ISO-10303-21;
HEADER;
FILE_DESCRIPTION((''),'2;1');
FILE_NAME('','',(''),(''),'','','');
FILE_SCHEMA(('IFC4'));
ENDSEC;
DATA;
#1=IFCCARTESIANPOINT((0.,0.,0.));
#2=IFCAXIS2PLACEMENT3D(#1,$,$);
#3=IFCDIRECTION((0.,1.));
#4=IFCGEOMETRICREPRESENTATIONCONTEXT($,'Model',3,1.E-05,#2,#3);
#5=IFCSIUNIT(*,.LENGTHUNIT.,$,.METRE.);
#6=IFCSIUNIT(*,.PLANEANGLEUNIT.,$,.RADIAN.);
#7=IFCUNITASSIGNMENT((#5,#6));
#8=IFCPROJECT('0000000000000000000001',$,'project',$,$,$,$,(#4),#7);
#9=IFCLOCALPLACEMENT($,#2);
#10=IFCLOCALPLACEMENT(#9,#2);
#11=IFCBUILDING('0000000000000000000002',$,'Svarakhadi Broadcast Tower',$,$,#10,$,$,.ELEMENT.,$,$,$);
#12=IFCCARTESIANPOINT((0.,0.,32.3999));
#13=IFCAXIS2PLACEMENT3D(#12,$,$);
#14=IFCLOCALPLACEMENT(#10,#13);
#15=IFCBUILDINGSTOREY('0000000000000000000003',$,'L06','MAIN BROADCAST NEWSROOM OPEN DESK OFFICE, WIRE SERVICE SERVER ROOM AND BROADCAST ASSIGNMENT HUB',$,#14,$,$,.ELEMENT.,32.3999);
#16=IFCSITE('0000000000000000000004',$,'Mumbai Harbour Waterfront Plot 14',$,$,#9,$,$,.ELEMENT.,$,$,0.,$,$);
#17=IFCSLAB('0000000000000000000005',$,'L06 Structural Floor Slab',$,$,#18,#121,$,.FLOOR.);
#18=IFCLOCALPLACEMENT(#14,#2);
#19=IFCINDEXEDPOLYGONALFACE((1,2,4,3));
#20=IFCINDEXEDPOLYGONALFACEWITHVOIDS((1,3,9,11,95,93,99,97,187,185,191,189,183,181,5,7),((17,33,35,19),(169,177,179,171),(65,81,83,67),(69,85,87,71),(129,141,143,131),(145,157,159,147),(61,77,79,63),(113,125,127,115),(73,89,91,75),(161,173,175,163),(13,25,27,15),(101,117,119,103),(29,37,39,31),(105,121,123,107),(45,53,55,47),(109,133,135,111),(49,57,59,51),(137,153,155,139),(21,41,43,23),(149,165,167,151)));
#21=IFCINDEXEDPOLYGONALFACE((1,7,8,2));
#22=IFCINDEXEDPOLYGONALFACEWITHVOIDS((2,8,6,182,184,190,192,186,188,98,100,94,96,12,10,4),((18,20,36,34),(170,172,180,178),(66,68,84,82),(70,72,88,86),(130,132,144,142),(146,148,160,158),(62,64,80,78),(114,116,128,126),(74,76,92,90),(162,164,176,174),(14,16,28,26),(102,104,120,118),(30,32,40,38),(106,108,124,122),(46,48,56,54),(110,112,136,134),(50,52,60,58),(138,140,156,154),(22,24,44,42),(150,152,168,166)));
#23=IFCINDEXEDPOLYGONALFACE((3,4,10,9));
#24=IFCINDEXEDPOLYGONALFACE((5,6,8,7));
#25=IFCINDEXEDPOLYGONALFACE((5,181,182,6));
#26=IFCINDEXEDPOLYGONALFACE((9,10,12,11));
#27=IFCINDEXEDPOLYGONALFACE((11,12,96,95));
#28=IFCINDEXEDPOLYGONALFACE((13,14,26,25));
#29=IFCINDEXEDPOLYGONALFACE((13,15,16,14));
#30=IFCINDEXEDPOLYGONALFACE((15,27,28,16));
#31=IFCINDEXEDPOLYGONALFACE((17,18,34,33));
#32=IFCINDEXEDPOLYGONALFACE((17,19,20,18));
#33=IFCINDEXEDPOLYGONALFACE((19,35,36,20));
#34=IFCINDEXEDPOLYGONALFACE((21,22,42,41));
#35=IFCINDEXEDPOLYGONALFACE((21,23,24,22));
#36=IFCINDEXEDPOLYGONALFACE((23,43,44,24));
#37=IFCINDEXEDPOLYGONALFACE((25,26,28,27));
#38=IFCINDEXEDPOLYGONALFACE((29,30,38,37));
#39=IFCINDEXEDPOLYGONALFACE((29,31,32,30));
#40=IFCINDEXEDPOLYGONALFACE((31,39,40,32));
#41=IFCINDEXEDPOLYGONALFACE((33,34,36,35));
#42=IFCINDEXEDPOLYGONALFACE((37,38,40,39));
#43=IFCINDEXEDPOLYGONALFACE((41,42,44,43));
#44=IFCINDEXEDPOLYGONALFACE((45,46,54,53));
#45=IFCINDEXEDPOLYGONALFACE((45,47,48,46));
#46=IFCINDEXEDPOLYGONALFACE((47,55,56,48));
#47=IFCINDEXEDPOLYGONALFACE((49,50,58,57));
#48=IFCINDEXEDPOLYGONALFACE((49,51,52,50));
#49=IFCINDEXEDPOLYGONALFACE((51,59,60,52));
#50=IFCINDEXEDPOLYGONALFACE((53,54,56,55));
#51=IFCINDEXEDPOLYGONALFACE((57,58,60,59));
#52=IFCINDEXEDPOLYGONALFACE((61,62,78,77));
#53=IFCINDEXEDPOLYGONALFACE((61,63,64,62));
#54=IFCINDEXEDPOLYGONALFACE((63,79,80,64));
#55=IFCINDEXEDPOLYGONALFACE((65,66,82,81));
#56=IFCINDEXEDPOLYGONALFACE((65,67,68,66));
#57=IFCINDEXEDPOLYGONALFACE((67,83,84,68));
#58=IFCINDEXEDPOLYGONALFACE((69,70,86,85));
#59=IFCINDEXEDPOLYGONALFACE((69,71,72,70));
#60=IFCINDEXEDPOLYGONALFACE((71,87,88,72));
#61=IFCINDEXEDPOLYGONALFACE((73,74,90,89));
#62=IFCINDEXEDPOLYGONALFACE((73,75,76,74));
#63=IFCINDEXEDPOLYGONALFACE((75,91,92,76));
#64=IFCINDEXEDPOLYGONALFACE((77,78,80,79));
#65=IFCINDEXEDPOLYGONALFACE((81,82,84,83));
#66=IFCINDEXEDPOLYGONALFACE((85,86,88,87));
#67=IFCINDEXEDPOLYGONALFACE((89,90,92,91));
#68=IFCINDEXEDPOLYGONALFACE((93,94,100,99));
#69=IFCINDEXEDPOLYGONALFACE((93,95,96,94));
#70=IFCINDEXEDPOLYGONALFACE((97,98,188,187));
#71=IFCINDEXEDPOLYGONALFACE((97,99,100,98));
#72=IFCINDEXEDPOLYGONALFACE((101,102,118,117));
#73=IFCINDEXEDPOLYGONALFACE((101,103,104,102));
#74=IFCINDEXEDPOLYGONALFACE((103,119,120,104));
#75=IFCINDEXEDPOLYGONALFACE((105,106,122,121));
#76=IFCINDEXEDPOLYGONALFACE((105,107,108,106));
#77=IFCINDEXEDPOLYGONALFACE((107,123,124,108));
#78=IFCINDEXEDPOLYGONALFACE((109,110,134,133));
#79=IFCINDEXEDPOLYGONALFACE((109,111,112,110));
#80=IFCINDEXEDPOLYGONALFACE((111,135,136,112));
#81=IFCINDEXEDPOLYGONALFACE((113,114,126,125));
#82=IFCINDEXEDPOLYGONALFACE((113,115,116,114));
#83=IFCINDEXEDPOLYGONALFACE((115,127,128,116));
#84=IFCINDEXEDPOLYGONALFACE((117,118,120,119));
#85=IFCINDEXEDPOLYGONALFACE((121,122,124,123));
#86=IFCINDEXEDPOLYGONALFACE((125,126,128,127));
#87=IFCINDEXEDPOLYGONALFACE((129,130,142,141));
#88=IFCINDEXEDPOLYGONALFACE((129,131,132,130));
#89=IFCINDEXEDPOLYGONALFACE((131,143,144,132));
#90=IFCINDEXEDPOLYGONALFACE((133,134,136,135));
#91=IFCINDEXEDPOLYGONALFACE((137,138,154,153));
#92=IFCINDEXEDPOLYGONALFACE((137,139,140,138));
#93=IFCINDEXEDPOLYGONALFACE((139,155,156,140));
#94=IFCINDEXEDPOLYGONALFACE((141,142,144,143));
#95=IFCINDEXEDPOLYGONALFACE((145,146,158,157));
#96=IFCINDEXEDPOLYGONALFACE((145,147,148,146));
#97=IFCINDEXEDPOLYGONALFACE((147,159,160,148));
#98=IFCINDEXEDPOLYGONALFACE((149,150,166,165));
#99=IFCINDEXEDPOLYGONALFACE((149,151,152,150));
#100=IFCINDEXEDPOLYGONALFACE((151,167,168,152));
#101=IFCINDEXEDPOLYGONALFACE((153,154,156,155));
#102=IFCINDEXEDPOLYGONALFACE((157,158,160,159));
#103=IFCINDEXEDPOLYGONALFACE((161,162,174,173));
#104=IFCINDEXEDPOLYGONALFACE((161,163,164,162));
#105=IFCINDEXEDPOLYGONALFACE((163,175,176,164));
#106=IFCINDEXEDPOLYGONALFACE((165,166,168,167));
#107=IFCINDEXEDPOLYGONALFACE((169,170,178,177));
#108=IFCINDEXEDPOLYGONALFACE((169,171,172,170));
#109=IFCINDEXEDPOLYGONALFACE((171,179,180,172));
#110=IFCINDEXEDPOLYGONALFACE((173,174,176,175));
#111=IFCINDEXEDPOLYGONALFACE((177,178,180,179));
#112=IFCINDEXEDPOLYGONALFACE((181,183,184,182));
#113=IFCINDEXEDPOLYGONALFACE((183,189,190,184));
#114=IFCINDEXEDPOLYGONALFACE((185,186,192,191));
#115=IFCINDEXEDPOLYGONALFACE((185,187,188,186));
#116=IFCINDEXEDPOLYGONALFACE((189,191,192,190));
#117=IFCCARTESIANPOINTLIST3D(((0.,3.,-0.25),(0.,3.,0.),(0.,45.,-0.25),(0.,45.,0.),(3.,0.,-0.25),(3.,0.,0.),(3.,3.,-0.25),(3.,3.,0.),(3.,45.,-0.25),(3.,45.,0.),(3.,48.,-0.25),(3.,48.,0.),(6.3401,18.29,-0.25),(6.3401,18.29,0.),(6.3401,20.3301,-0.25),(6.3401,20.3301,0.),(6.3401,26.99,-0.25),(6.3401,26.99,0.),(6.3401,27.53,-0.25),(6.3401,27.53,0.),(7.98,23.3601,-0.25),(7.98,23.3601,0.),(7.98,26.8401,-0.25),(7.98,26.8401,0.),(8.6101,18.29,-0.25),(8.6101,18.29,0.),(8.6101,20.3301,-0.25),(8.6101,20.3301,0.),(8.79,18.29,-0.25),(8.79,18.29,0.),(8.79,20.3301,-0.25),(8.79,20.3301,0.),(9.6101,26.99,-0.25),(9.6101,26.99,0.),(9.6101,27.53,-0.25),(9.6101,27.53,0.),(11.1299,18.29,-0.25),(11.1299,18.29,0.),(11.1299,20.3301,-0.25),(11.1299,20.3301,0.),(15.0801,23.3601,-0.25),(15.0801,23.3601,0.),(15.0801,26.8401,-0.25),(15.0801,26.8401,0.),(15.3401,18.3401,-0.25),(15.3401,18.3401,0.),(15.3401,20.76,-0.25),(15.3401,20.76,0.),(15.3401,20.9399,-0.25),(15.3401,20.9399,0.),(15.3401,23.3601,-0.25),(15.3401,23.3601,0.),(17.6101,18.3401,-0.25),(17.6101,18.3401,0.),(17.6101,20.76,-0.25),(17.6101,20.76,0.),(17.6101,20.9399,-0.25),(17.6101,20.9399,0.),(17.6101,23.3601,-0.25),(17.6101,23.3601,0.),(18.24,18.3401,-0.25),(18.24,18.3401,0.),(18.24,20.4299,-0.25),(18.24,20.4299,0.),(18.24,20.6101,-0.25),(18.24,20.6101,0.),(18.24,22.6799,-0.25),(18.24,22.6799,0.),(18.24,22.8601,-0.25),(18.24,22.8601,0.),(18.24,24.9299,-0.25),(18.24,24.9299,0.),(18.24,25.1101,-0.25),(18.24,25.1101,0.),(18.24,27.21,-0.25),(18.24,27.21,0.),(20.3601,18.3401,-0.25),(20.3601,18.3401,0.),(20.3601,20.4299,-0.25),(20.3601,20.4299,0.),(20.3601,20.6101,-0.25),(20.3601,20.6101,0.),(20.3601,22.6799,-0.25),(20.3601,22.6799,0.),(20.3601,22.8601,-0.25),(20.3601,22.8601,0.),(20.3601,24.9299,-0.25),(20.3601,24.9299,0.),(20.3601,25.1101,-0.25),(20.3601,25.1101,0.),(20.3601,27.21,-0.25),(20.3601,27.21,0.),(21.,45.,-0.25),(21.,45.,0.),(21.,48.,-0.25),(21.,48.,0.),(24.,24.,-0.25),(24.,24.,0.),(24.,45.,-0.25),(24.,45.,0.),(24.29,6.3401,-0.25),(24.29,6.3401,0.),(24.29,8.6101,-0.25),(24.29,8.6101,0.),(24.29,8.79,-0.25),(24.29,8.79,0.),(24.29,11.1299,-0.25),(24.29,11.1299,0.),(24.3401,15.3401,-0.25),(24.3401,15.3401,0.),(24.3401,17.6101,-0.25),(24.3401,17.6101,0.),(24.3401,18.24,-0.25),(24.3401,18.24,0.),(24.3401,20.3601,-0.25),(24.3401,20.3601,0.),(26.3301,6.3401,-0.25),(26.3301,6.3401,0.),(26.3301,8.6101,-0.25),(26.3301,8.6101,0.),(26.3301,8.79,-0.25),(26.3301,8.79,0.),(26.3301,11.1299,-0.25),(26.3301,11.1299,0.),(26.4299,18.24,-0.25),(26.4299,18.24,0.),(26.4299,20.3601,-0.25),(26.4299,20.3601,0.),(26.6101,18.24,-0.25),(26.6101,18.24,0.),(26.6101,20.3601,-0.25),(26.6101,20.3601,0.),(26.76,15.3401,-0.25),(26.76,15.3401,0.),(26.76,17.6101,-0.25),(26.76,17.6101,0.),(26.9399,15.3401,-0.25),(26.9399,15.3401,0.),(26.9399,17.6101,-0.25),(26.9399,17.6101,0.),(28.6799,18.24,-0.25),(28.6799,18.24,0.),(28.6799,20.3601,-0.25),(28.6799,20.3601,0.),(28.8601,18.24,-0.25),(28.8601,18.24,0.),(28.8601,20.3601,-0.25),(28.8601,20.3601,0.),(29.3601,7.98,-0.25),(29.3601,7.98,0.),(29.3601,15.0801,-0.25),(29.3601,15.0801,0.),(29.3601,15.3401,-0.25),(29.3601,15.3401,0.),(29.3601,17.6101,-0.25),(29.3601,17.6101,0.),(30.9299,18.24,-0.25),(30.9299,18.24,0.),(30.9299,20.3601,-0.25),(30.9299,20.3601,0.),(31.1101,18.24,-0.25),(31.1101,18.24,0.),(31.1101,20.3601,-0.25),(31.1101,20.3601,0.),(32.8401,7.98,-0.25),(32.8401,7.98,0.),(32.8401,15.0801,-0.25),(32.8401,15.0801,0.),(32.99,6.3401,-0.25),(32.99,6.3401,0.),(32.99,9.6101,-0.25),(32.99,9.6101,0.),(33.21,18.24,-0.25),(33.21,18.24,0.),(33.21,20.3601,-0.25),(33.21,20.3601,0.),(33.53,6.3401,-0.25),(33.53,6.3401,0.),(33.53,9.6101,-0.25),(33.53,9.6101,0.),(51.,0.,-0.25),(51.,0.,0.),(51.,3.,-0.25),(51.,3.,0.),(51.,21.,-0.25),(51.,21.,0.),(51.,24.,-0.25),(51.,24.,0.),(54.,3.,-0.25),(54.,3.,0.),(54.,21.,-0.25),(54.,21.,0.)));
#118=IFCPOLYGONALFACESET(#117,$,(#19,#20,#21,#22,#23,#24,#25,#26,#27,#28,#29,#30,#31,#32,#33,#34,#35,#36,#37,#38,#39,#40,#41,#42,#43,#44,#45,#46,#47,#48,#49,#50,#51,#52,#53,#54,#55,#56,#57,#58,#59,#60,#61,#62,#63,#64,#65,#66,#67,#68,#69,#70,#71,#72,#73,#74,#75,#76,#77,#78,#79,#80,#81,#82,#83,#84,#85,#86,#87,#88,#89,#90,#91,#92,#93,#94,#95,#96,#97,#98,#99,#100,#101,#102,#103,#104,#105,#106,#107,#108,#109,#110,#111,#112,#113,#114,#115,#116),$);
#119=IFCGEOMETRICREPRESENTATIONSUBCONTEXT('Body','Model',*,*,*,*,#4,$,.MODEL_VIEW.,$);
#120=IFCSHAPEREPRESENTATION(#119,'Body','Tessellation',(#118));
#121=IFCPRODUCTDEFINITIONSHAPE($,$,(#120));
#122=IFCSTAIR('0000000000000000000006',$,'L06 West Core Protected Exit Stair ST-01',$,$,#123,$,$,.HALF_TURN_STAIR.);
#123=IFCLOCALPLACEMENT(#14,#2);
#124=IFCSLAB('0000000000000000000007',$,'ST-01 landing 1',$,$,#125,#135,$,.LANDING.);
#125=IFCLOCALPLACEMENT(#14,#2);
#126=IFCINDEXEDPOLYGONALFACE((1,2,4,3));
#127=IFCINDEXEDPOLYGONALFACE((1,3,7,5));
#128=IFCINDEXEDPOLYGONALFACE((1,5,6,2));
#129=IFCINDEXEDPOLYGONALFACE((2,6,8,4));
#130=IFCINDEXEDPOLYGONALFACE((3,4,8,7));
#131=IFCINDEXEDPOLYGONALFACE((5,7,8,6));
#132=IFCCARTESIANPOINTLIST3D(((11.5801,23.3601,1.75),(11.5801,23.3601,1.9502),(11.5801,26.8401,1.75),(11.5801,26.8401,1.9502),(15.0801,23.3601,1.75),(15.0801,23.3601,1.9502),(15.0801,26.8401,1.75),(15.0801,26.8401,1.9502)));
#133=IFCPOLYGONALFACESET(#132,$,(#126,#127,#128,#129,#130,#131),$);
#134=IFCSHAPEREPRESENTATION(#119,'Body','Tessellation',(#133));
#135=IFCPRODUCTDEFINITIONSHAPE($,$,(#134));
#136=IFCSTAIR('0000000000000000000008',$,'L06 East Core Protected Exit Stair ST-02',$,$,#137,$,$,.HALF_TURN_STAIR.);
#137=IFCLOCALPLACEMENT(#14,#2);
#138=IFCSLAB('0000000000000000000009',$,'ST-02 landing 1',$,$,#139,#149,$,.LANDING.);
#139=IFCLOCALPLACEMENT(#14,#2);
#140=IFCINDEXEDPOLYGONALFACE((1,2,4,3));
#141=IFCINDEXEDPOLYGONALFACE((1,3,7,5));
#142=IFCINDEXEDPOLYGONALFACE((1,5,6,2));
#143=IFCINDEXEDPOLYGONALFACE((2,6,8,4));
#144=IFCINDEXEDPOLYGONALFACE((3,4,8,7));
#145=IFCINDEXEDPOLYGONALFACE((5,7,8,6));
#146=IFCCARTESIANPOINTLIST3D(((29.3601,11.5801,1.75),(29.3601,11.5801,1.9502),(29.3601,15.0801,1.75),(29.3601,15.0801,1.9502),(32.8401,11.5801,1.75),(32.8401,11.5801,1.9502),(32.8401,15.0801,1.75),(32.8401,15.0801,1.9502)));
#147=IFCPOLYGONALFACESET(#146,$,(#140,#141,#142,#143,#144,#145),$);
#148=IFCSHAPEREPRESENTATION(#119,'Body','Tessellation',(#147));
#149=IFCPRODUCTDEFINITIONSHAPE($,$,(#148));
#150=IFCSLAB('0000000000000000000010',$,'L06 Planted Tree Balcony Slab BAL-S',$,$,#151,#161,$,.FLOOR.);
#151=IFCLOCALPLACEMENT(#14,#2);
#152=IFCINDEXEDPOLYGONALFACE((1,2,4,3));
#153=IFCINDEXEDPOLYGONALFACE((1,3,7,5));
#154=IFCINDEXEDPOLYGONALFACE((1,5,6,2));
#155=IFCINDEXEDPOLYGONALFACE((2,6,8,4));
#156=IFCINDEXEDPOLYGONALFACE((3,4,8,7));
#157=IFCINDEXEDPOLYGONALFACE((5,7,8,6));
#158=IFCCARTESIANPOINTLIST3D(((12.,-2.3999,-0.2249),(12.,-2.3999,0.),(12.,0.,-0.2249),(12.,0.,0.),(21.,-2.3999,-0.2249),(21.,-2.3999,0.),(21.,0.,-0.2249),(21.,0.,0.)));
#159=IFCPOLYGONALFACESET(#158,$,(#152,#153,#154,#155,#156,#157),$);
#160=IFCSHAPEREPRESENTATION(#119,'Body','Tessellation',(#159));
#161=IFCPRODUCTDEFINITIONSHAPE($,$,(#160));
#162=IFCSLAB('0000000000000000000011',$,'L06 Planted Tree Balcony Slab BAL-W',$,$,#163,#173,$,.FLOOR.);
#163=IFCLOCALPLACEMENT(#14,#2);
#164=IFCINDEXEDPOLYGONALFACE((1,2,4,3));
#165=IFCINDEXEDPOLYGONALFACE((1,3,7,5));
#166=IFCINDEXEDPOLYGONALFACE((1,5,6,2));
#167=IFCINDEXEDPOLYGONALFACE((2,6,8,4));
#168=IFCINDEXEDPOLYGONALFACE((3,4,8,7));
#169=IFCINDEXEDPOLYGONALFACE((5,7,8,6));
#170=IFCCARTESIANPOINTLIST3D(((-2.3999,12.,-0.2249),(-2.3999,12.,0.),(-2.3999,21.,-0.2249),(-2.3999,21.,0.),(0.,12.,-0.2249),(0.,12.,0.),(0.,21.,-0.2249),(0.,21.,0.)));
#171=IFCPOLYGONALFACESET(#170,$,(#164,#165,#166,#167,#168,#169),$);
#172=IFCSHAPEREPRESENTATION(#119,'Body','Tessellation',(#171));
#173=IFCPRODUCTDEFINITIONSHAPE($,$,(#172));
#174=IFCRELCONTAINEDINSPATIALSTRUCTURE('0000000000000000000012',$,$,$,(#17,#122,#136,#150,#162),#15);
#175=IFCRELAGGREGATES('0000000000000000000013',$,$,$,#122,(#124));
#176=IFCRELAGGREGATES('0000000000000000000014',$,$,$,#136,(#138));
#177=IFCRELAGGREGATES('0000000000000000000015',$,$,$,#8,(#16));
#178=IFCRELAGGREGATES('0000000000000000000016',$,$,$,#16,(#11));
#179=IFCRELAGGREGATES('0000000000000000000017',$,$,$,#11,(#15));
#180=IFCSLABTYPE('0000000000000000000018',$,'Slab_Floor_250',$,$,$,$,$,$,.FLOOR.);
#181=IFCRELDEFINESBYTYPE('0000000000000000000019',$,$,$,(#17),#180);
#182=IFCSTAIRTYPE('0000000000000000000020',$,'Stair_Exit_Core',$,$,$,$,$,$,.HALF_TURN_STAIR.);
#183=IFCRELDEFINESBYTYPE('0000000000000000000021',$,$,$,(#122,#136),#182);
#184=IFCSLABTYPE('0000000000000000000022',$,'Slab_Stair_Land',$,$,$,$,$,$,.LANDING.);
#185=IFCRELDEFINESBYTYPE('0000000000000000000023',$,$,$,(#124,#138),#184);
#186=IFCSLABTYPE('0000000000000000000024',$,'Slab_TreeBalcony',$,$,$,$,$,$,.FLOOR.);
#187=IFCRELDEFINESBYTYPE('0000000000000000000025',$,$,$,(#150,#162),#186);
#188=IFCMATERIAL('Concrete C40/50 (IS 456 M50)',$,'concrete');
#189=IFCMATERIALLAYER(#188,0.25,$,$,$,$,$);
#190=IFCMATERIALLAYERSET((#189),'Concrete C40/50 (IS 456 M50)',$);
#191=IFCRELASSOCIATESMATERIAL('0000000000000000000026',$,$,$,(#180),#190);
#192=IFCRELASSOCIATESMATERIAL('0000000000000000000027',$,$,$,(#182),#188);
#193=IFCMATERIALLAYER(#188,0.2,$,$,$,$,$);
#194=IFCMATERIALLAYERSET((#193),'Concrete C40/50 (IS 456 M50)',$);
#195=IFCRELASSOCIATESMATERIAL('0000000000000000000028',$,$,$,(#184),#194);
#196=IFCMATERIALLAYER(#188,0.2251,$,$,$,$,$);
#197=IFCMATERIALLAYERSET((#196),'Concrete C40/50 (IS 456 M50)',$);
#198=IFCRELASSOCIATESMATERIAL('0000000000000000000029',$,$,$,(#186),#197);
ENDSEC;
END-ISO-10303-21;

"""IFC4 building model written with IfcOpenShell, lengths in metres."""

from ifc_helpers import new_model, si_unit, direction, frame, origin, place, context, subcontext, project, spatial, polyline, outline, extrude, material, layer, layer_set, type_object, element, aggregate, save


model = new_model("IFC4")

# Units and contexts
model_context = context("Model", 3, precision=1e-05, world=origin(), true_north=direction((0.0, 1.0)))
body_context = subcontext(model_context, "Body", "Model", "MODEL_VIEW")
ifc_project = project(units=[si_unit("LENGTHUNIT", "METRE"), si_unit("PLANEANGLEUNIT", "RADIAN")], contexts=[model_context])

# Site, building, storey
site_placement = place(None, origin())
site = spatial("IfcSite", under=ifc_project, at=site_placement, Name="Mumbai Harbour Waterfront Plot 14", CompositionType="ELEMENT", RefElevation=0.0)
building_placement = place(site_placement, origin())
building = spatial("IfcBuilding", under=site, at=building_placement, Name="Svarakhadi Broadcast Tower", CompositionType="ELEMENT")
storey_placement = place(building_placement, frame((0.0, 0.0, 32.3999)))
storey = spatial("IfcBuildingStorey", under=building, at=storey_placement, Name="L06", Description="MAIN BROADCAST NEWSROOM OPEN DESK OFFICE, WIRE SERVICE SERVER ROOM AND BROADCAST ASSIGNMENT HUB", CompositionType="ELEMENT", Elevation=32.3999)

# Slab
ifc_material_1 = material(Name="Concrete C40/50 (IS 456 M50)", Category="concrete")
ifc_layer_1 = layer(ifc_material_1, 0.25)
ifc_layer_set_1 = layer_set([ifc_layer_1], Name="Concrete C40/50 (IS 456 M50)")
slab_type_1 = type_object("IfcSlabType", Name="Slab_Floor_250", PredefinedType="FLOOR", material=ifc_layer_set_1)
slab_1_placement = place(storey_placement, frame((0.0, 0.0, -0.25)))
element("IfcSlab", 1, at=slab_1_placement, inside=storey, type_object=slab_type_1, Name="L06 Structural Floor Slab", PredefinedType="FLOOR", context=body_context, shape_type="SweptSolid", body=[
    extrude(outline(polyline([(3.0, 0.0), (51.0, 0.0), (51.0, 3.0), (54.0, 3.0), (54.0, 21.0), (51.0, 21.0), (51.0, 24.0), (24.0, 24.0), (24.0, 45.0), (21.0, 45.0), (21.0, 48.0), (3.0, 48.0), (3.0, 45.0), (0.0, 45.0), (0.0, 3.0), (3.0, 3.0), (3.0, 0.0)]), holes=[polyline([(7.98, 23.3601), (15.0801, 23.3601), (15.0801, 26.8401), (7.98, 26.8401), (7.98, 23.3601)]), polyline([(32.8401, 7.98), (32.8401, 15.0801), (29.3601, 15.0801), (29.3601, 7.98), (32.8401, 7.98)]), polyline([(6.3401, 18.29), (8.6101, 18.29), (8.6101, 20.3301), (6.3401, 20.3301), (6.3401, 18.29)]), polyline([(8.79, 18.29), (11.1299, 18.29), (11.1299, 20.3301), (8.79, 20.3301), (8.79, 18.29)]), polyline([(24.29, 6.3401), (26.3301, 6.3401), (26.3301, 8.6101), (24.29, 8.6101), (24.29, 6.3401)]), polyline([(24.29, 8.79), (26.3301, 8.79), (26.3301, 11.1299), (24.29, 11.1299), (24.29, 8.79)]), polyline([(6.3401, 26.99), (9.6101, 26.99), (9.6101, 27.53), (6.3401, 27.53), (6.3401, 26.99)]), polyline([(32.99, 6.3401), (33.53, 6.3401), (33.53, 9.6101), (32.99, 9.6101), (32.99, 6.3401)]), polyline([(15.3401, 18.3401), (17.6101, 18.3401), (17.6101, 20.76), (15.3401, 20.76), (15.3401, 18.3401)]), polyline([(15.3401, 20.9399), (17.6101, 20.9399), (17.6101, 23.3601), (15.3401, 23.3601), (15.3401, 20.9399)]), polyline([(24.3401, 15.3401), (26.76, 15.3401), (26.76, 17.6101), (24.3401, 17.6101), (24.3401, 15.3401)]), polyline([(26.9399, 15.3401), (29.3601, 15.3401), (29.3601, 17.6101), (26.9399, 17.6101), (26.9399, 15.3401)]), polyline([(18.24, 18.3401), (20.3601, 18.3401), (20.3601, 20.4299), (18.24, 20.4299), (18.24, 18.3401)]), polyline([(18.24, 20.6101), (20.3601, 20.6101), (20.3601, 22.6799), (18.24, 22.6799), (18.24, 20.6101)]), polyline([(18.24, 22.8601), (20.3601, 22.8601), (20.3601, 24.9299), (18.24, 24.9299), (18.24, 22.8601)]), polyline([(18.24, 25.1101), (20.3601, 25.1101), (20.3601, 27.21), (18.24, 27.21), (18.24, 25.1101)]), polyline([(24.3401, 18.24), (26.4299, 18.24), (26.4299, 20.3601), (24.3401, 20.3601), (24.3401, 18.24)]), polyline([(26.6101, 18.24), (28.6799, 18.24), (28.6799, 20.3601), (26.6101, 20.3601), (26.6101, 18.24)]), polyline([(28.8601, 18.24), (30.9299, 18.24), (30.9299, 20.3601), (28.8601, 20.3601), (28.8601, 18.24)]), polyline([(31.1101, 18.24), (33.21, 18.24), (33.21, 20.3601), (31.1101, 20.3601), (31.1101, 18.24)])]), origin(), (0.0, 0.0, 1.0), 0.25),
])

# Stairs, slabs
stair_type = type_object("IfcStairType", Name="Stair_Exit_Core", PredefinedType="HALF_TURN_STAIR", material=ifc_material_1)
stair_1_placement = place(storey_placement, origin())
stair_1 = element("IfcStair", 2, at=stair_1_placement, inside=storey, type_object=stair_type, Name="L06 West Core Protected Exit Stair ST-01", PredefinedType="HALF_TURN_STAIR")
ifc_layer_2 = layer(ifc_material_1, 0.2)
ifc_layer_set_2 = layer_set([ifc_layer_2], Name="Concrete C40/50 (IS 456 M50)")
slab_type_2 = type_object("IfcSlabType", Name="Slab_Stair_Land", PredefinedType="LANDING", material=ifc_layer_set_2)
slab_2_placement = place(storey_placement, frame((0.0, 0.0, 1.75)))
slab_2 = element("IfcSlab", 3, at=slab_2_placement, type_object=slab_type_2, Name="ST-01 landing 1", PredefinedType="LANDING", context=body_context, shape_type="SweptSolid", body=[
    extrude(outline(polyline([(11.5801, 23.3601), (15.0801, 23.3601), (15.0801, 26.8401), (11.5801, 26.8401), (11.5801, 23.3601)])), origin(), (0.0, 0.0, 1.0), 0.2002),
])
aggregate(stair_1, [slab_2])
stair_2_placement = place(storey_placement, origin())
stair_2 = element("IfcStair", 4, at=stair_2_placement, inside=storey, type_object=stair_type, Name="L06 East Core Protected Exit Stair ST-02", PredefinedType="HALF_TURN_STAIR")
slab_3_placement = place(storey_placement, frame((0.0, 0.0, 1.75)))
slab_3 = element("IfcSlab", 5, at=slab_3_placement, type_object=slab_type_2, Name="ST-02 landing 1", PredefinedType="LANDING", context=body_context, shape_type="SweptSolid", body=[
    extrude(outline(polyline([(32.8401, 11.5801), (32.8401, 15.0801), (29.3601, 15.0801), (29.3601, 11.5801), (32.8401, 11.5801)])), origin(), (0.0, 0.0, 1.0), 0.2002),
])
aggregate(stair_2, [slab_3])

# Slabs
ifc_layer_3 = layer(ifc_material_1, 0.2251)
ifc_layer_set_3 = layer_set([ifc_layer_3], Name="Concrete C40/50 (IS 456 M50)")
slab_type_3 = type_object("IfcSlabType", Name="Slab_TreeBalcony", PredefinedType="FLOOR", material=ifc_layer_set_3)
slab_4_placement = place(storey_placement, frame((0.0, 0.0, -0.2249)))
element("IfcSlab", 6, at=slab_4_placement, inside=storey, type_object=slab_type_3, Name="L06 Planted Tree Balcony Slab BAL-S", PredefinedType="FLOOR", context=body_context, shape_type="SweptSolid", body=[
    extrude(outline(polyline([(12.0, -2.3999), (21.0, -2.3999), (21.0, 0.0), (12.0, 0.0), (12.0, -2.3999)])), origin(), (0.0, 0.0, 1.0), 0.2249),
])
slab_5_placement = place(storey_placement, frame((0.0, 0.0, -0.2249)))
element("IfcSlab", 7, at=slab_5_placement, inside=storey, type_object=slab_type_3, Name="L06 Planted Tree Balcony Slab BAL-W", PredefinedType="FLOOR", context=body_context, shape_type="SweptSolid", body=[
    extrude(outline(polyline([(-2.3999, 12.0), (0.0, 12.0), (0.0, 21.0), (-2.3999, 21.0), (-2.3999, 12.0)])), origin(), (0.0, 0.0, 1.0), 0.2249),
])

save(model, "model.ifc")
